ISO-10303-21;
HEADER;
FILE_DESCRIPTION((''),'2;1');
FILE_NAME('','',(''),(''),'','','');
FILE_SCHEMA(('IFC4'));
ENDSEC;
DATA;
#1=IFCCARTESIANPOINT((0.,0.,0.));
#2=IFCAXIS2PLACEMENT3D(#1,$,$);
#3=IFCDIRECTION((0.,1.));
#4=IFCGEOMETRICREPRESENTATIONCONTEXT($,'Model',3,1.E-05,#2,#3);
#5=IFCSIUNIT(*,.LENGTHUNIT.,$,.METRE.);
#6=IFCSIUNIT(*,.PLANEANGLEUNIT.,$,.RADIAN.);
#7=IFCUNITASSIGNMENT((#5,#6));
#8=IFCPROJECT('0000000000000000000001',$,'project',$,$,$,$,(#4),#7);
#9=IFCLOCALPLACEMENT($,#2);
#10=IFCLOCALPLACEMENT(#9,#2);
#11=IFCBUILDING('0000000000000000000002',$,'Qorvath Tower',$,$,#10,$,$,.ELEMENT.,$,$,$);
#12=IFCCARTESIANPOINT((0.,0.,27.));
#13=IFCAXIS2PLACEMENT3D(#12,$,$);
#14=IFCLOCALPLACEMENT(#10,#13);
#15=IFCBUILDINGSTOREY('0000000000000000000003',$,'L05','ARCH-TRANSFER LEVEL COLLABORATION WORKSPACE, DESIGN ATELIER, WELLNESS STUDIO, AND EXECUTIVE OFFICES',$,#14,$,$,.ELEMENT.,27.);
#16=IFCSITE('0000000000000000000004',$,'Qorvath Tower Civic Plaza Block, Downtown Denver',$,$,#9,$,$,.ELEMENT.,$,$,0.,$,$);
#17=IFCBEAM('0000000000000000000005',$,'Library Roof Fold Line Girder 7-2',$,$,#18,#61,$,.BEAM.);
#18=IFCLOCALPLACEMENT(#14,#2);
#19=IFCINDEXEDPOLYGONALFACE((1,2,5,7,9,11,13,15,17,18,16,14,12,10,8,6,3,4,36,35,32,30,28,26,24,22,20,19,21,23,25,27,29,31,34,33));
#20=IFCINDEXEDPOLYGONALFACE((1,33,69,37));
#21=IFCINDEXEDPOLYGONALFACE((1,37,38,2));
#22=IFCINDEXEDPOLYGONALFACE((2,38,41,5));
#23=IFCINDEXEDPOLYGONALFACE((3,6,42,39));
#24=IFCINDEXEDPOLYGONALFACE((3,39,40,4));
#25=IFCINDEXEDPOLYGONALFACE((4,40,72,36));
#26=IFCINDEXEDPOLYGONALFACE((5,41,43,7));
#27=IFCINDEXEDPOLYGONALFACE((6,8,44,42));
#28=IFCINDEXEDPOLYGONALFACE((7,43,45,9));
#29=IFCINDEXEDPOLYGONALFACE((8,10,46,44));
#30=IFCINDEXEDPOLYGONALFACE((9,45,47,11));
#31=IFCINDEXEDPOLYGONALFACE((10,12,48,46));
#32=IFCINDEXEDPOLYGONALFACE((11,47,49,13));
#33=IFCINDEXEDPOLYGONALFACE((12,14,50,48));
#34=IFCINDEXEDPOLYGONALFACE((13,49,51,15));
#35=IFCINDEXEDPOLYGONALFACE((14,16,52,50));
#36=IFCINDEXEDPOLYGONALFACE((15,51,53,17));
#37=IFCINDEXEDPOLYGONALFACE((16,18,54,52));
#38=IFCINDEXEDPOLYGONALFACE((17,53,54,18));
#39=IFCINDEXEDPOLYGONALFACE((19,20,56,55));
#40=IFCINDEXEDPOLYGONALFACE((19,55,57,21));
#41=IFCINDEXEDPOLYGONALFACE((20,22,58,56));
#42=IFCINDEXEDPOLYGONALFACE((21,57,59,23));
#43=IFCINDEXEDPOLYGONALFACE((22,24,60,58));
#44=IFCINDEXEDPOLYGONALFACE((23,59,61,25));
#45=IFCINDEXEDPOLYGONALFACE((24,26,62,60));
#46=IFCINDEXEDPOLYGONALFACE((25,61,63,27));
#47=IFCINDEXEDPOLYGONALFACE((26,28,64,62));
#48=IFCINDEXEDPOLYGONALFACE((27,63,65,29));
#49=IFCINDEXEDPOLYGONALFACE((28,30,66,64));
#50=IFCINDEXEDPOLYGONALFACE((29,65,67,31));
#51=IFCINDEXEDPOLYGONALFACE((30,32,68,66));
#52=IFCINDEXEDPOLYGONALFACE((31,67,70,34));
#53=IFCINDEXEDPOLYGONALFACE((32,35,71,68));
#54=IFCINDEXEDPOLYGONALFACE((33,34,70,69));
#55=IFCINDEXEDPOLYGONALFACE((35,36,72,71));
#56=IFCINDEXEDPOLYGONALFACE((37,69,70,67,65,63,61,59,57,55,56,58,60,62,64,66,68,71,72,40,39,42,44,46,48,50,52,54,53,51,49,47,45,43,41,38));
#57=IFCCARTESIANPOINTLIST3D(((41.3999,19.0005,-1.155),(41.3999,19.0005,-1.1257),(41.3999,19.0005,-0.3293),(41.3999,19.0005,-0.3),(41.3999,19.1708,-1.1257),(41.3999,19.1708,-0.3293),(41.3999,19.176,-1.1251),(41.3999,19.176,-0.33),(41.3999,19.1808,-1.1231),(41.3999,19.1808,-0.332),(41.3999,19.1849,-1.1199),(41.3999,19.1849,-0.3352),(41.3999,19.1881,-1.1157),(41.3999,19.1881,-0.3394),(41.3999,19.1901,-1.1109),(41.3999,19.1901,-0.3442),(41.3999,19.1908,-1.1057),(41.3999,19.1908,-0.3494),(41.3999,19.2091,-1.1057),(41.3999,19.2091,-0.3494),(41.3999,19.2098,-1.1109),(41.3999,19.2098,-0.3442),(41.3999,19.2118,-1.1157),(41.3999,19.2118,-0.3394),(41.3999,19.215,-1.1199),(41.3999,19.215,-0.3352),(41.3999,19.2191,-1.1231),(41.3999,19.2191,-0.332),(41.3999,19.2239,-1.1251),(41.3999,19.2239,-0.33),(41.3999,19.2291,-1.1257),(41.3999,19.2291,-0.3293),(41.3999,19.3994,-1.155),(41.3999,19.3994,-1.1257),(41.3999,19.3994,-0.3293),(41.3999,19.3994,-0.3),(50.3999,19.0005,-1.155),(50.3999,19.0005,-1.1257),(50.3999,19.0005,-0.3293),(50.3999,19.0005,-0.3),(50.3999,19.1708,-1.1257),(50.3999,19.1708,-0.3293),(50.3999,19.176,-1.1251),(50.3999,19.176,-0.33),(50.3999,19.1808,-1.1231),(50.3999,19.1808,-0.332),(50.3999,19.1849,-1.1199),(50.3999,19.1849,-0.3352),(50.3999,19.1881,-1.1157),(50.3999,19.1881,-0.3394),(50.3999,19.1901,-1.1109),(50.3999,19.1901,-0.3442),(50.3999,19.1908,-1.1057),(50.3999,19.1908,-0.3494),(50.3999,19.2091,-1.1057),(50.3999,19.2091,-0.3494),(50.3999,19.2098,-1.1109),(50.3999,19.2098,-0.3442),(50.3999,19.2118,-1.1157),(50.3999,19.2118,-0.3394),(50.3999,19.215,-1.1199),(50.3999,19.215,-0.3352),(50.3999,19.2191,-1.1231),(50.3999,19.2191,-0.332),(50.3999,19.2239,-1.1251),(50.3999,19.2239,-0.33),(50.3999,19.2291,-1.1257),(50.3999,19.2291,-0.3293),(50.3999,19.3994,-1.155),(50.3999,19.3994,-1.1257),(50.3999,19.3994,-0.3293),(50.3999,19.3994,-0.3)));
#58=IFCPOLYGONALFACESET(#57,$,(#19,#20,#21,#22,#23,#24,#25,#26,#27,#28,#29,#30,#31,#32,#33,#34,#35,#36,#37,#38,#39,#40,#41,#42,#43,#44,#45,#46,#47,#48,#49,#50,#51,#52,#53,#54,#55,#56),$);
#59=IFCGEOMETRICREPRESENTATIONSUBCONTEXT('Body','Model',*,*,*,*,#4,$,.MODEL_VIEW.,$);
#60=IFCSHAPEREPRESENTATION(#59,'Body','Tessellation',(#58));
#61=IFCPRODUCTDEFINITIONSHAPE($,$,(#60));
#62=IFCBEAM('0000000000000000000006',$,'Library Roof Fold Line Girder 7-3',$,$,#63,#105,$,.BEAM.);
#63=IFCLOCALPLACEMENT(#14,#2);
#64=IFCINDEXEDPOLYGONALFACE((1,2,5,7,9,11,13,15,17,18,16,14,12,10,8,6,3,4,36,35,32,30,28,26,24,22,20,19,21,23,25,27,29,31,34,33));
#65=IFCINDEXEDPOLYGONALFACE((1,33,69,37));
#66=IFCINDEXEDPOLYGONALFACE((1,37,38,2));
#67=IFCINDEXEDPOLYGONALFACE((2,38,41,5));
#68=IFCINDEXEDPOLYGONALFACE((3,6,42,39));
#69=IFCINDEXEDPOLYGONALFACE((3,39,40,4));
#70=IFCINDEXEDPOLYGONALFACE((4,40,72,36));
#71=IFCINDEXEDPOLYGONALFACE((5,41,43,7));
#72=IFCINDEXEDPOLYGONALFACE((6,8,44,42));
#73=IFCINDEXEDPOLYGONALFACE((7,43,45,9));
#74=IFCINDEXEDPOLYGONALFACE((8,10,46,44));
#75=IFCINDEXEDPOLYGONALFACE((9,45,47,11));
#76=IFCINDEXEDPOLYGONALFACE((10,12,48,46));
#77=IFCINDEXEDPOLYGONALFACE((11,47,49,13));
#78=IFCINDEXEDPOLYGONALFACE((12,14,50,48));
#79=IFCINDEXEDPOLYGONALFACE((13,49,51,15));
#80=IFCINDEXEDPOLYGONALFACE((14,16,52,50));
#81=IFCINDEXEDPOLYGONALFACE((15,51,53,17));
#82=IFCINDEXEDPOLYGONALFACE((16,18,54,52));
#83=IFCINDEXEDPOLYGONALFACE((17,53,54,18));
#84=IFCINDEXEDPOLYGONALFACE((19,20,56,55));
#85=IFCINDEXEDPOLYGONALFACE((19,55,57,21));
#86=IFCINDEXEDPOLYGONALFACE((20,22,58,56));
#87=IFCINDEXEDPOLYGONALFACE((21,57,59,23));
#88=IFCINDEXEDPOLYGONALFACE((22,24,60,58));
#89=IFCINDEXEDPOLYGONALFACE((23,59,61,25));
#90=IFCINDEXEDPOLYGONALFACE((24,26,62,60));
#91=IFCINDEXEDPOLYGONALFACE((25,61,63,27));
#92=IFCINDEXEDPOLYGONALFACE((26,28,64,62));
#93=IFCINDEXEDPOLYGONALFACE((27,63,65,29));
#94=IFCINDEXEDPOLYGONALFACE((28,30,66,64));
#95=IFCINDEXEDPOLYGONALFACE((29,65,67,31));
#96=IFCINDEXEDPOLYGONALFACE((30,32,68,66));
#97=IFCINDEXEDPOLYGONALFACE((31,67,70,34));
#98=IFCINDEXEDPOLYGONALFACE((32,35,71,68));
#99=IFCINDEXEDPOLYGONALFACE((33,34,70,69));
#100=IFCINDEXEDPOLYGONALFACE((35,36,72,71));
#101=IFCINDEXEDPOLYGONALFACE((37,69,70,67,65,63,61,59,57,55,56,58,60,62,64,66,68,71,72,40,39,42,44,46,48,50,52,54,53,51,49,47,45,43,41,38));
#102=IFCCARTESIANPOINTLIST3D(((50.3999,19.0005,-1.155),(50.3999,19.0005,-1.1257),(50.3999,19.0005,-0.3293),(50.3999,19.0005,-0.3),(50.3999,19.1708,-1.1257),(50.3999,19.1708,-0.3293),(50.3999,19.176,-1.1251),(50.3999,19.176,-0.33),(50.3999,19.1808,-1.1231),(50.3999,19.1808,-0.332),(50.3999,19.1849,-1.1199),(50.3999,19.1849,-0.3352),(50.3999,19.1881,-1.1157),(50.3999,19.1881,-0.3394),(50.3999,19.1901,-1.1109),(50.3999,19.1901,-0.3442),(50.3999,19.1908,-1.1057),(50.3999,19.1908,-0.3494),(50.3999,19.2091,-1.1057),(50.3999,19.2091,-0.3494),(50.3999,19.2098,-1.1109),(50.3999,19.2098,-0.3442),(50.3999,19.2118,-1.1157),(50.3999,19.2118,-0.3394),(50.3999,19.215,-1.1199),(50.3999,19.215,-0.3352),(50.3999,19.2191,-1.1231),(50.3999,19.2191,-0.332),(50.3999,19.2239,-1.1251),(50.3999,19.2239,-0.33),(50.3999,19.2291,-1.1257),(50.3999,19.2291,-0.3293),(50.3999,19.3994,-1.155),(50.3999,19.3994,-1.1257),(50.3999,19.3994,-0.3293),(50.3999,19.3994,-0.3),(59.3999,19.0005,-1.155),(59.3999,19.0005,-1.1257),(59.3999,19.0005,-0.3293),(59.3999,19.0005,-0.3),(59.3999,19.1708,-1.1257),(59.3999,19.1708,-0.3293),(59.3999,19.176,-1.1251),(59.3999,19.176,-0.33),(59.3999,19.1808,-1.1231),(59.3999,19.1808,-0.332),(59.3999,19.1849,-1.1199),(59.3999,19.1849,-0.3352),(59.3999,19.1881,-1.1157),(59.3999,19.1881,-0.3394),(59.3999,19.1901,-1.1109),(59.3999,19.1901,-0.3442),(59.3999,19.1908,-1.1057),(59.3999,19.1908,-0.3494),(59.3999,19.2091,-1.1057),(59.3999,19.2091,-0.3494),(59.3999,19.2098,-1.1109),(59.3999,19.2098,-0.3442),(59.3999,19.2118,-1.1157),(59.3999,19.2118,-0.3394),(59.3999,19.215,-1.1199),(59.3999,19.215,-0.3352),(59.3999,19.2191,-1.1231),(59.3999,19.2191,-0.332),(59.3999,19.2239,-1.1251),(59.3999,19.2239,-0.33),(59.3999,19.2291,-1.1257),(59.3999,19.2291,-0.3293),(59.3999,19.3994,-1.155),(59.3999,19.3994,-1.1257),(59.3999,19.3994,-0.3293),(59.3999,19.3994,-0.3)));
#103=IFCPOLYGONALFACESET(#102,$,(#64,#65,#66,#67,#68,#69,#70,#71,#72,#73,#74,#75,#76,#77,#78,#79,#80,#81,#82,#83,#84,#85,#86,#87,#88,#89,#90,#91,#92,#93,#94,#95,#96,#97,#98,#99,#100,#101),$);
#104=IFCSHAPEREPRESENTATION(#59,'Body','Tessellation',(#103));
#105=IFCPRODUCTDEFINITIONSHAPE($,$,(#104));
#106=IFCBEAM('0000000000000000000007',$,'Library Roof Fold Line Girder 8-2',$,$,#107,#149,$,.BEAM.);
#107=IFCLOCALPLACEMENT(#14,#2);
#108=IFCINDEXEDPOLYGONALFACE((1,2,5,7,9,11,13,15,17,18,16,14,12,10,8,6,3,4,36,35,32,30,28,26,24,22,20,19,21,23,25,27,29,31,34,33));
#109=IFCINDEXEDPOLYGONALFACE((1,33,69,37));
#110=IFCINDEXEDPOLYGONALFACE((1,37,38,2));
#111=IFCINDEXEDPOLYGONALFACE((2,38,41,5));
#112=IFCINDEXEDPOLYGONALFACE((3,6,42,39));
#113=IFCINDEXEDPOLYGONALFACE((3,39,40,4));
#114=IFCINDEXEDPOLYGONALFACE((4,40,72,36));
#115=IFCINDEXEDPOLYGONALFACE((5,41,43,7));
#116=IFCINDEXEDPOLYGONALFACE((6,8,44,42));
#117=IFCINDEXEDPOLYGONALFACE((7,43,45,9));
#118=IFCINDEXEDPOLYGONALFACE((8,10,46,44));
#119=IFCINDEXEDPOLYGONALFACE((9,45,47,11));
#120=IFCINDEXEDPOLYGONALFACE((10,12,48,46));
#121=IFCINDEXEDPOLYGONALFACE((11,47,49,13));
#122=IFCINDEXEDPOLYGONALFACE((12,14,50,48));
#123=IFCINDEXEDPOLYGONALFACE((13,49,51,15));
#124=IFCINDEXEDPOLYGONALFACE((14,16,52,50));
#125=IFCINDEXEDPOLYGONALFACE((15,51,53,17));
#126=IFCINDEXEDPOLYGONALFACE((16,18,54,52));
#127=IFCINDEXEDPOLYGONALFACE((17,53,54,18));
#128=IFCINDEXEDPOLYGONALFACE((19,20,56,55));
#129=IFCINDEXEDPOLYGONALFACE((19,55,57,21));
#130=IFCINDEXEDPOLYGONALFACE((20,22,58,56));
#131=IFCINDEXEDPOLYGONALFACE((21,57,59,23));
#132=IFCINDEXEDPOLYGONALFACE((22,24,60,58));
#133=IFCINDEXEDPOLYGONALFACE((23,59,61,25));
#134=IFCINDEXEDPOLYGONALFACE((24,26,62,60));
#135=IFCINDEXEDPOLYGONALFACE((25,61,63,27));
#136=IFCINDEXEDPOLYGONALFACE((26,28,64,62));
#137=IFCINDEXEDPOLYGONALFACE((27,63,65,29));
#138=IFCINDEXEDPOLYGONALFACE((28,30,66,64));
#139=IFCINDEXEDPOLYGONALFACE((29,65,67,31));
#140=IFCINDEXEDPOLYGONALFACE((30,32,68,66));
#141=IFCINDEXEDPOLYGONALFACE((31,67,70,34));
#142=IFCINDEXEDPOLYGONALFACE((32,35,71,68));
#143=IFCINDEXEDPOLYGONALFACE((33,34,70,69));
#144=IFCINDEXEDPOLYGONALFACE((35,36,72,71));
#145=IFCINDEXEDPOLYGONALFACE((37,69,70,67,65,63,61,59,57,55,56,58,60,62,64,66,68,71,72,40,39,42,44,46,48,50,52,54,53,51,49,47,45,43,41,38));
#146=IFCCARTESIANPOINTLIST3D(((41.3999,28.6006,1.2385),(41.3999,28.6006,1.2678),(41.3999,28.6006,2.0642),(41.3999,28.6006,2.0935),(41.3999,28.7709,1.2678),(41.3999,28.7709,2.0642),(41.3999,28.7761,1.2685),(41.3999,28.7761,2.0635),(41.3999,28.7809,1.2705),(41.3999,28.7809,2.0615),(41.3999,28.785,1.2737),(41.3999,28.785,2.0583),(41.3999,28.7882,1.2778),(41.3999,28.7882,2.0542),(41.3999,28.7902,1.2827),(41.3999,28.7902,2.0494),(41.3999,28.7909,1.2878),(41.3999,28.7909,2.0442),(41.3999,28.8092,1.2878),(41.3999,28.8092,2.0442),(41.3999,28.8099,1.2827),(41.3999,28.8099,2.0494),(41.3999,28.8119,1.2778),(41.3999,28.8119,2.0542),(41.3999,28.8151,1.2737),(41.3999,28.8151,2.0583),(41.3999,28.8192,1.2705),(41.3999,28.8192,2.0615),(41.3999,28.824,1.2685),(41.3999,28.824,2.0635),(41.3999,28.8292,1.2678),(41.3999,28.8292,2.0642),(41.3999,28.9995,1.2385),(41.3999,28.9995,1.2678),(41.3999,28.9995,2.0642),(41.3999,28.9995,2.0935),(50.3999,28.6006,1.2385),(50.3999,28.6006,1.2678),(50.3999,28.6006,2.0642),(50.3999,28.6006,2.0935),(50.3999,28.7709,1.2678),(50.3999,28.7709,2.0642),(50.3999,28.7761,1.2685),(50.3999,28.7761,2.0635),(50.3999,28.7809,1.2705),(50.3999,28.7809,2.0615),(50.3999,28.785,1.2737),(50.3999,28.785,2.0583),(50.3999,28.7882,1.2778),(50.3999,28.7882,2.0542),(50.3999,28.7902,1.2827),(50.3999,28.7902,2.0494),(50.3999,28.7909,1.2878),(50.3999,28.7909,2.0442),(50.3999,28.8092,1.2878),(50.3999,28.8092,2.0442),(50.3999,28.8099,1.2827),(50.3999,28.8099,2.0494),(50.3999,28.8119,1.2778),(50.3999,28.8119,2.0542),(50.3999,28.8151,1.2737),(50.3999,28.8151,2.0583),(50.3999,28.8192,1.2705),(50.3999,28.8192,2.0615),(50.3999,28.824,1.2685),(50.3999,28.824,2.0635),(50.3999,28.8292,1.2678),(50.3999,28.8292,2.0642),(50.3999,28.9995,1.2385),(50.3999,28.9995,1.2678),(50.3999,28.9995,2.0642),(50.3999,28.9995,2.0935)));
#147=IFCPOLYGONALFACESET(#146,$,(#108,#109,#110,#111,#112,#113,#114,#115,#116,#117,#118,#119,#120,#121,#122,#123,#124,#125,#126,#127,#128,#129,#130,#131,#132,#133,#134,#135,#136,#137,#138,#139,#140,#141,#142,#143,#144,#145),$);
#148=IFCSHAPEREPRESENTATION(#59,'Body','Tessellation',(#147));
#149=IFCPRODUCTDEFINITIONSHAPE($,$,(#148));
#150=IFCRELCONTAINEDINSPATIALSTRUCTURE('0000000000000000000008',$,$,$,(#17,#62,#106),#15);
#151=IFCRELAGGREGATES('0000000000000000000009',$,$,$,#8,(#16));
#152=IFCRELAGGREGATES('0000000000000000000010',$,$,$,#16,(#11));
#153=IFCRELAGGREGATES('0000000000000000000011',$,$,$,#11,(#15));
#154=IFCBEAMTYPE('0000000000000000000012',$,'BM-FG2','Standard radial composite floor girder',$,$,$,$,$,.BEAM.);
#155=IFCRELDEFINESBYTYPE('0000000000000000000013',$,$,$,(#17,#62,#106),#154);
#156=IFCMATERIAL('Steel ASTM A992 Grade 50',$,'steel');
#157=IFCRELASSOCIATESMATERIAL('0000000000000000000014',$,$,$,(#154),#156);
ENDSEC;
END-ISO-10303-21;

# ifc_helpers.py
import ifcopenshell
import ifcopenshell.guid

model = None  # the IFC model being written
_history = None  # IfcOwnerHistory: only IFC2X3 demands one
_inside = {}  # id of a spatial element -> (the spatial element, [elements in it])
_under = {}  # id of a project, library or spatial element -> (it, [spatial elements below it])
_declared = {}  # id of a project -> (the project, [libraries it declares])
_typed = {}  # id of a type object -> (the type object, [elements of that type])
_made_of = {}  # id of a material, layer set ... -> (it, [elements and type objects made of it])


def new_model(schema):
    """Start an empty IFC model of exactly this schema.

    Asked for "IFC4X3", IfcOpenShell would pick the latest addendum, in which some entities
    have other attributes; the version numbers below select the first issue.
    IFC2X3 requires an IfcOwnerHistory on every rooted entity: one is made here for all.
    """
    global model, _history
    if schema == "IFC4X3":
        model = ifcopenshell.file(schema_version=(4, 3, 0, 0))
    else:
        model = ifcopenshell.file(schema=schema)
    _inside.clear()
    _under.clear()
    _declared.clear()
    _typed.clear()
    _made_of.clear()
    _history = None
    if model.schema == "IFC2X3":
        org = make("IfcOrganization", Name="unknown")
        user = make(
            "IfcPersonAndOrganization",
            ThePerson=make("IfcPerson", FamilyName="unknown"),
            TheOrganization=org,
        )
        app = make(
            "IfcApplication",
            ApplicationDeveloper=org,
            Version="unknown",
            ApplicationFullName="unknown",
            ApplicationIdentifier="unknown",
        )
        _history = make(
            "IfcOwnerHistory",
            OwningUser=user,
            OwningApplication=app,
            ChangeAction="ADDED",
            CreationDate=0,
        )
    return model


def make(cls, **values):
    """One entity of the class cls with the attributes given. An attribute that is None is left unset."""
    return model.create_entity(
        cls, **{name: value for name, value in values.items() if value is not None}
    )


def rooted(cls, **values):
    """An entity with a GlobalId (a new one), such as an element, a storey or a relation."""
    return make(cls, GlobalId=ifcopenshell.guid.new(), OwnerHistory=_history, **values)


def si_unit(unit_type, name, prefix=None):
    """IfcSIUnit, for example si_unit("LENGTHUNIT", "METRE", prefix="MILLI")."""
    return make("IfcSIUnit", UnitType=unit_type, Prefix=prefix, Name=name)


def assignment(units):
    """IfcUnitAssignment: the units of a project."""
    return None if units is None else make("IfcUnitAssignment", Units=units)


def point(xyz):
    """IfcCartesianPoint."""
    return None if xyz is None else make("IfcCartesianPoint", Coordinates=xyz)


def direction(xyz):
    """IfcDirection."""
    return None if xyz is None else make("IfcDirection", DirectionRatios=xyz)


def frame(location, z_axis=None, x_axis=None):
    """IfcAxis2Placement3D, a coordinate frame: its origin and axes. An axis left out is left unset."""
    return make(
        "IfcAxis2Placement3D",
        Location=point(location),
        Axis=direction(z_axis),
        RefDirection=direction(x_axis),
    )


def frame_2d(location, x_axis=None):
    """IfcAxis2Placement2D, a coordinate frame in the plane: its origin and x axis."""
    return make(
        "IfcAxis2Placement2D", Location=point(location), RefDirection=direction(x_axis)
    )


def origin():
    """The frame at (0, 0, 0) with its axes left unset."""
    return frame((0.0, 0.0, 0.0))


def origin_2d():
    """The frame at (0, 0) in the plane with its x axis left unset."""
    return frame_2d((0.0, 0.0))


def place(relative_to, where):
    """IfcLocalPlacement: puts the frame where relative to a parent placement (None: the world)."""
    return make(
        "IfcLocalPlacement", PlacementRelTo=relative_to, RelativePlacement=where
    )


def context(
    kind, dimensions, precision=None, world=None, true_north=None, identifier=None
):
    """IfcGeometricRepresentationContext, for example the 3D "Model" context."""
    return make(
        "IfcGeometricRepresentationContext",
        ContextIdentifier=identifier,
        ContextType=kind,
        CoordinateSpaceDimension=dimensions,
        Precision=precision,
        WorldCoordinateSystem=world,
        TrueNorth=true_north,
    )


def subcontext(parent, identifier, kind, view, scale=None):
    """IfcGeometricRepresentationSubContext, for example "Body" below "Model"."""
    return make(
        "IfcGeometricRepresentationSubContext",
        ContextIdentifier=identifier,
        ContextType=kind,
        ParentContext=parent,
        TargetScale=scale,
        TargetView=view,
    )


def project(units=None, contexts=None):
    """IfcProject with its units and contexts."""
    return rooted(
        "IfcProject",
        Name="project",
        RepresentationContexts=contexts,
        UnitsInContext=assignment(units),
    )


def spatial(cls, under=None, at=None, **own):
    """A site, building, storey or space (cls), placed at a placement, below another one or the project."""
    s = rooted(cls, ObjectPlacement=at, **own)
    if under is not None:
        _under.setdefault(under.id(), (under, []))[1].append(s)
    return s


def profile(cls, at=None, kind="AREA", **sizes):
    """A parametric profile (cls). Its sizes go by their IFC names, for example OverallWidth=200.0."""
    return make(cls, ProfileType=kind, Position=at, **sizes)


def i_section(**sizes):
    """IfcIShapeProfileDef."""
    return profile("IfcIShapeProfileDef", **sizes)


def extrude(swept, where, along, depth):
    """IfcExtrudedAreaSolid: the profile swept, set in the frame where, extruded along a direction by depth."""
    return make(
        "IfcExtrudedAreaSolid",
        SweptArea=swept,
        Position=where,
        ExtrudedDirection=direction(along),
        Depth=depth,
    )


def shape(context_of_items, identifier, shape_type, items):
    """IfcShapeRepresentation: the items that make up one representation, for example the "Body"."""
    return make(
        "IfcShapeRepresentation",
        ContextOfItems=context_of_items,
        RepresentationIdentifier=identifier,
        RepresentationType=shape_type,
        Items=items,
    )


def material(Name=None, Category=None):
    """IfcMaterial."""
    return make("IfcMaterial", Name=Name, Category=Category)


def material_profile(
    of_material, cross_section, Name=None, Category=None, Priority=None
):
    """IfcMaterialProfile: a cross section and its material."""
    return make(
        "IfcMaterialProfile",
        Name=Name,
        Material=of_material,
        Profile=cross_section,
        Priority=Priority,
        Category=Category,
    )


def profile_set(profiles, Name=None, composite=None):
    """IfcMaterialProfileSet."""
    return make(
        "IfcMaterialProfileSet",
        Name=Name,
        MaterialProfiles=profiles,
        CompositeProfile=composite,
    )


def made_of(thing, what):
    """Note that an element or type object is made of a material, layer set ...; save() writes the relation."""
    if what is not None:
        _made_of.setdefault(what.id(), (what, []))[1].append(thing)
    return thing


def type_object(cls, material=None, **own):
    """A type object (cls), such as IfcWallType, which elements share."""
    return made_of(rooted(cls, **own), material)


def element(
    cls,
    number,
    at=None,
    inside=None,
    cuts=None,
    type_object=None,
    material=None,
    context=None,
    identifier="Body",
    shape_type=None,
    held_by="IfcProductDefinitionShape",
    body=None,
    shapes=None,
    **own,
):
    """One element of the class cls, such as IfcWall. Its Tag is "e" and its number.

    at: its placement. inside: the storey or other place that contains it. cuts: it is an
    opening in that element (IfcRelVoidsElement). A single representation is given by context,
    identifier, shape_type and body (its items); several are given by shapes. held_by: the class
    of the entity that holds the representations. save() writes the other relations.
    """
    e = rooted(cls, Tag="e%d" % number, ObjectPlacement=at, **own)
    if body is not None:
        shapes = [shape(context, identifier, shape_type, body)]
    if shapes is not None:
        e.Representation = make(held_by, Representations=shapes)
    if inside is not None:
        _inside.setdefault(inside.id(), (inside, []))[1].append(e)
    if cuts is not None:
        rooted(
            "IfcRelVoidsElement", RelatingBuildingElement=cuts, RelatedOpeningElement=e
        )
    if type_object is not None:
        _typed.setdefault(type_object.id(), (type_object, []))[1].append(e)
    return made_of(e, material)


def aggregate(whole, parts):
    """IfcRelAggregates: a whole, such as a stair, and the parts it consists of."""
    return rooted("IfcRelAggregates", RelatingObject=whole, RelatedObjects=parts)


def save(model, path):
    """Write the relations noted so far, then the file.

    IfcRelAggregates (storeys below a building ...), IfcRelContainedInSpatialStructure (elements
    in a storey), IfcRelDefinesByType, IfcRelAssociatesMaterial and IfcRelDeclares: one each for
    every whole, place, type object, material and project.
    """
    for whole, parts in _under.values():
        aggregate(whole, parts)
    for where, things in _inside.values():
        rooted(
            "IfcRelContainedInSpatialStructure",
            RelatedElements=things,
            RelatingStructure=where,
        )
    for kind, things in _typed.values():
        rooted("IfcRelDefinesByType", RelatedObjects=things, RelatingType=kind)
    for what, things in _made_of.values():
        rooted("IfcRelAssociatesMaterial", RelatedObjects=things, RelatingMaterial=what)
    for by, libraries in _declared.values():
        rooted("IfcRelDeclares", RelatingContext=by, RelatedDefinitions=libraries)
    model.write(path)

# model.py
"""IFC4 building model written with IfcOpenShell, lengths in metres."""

from ifc_helpers import new_model, si_unit, direction, frame, origin, origin_2d, place, context, subcontext, project, spatial, i_section, extrude, material, material_profile, profile_set, type_object, element, save


model = new_model("IFC4")

# Units and contexts
model_context = context("Model", 3, precision=1e-05, world=origin(), true_north=direction((0.0, 1.0)))
body_context = subcontext(model_context, "Body", "Model", "MODEL_VIEW")
ifc_project = project(units=[si_unit("LENGTHUNIT", "METRE"), si_unit("PLANEANGLEUNIT", "RADIAN")], contexts=[model_context])

# Site, building, storey
site_placement = place(None, origin())
site = spatial("IfcSite", under=ifc_project, at=site_placement, Name="Qorvath Tower Civic Plaza Block, Downtown Denver", CompositionType="ELEMENT", RefElevation=0.0)
building_placement = place(site_placement, origin())
building = spatial("IfcBuilding", under=site, at=building_placement, Name="Qorvath Tower", CompositionType="ELEMENT")
storey_placement = place(building_placement, frame((0.0, 0.0, 27.0)))
storey = spatial("IfcBuildingStorey", under=building, at=storey_placement, Name="L05", Description="ARCH-TRANSFER LEVEL COLLABORATION WORKSPACE, DESIGN ATELIER, WELLNESS STUDIO, AND EXECUTIVE OFFICES", CompositionType="ELEMENT", Elevation=27.0)

# Beams
ifc_material_1 = material(Name="Steel ASTM A992 Grade 50", Category="steel")
ifc_material_profile_1 = material_profile(ifc_material_1, i_section(OverallWidth=0.3989, OverallDepth=0.855, WebThickness=0.0183, FlangeThickness=0.0293, FilletRadius=0.02, at=origin_2d()), Name="W33x201")
ifc_profile_set_1 = profile_set([ifc_material_profile_1], Name="Steel ASTM A992 Grade 50")
beam_type = type_object("IfcBeamType", Name="BM-FG2", Description="Standard radial composite floor girder", PredefinedType="BEAM", material=ifc_profile_set_1)
for number, where, z_axis, x_axis, name in (
    (1, (41.3999, 19.2, -0.7275), (1.0, 0.0, 0.0), (0.0, 1.0, 0.0), "Library Roof Fold Line Girder 7-2"),
    (2, (50.3999, 19.2, -0.7275), (1.0, 0.0, 0.0), (0.0, 1.0, 0.0), "Library Roof Fold Line Girder 7-3"),
    (3, (41.3999, 28.8, 1.666), (1.0, 0.0, 0.0), (0.0, 1.0, 0.0), "Library Roof Fold Line Girder 8-2"),
):
    element("IfcBeam", number, at=place(storey_placement, frame(where, z_axis=z_axis, x_axis=x_axis)), inside=storey, type_object=beam_type, Name=name, PredefinedType="BEAM", context=body_context, shape_type="SweptSolid", body=[
        extrude(i_section(OverallWidth=0.3989, OverallDepth=0.855, WebThickness=0.0183, FlangeThickness=0.0293, FilletRadius=0.02, at=origin_2d()), origin(), (0.0, 0.0, 1.0), 9.0),
    ])

save(model, "model.ifc")
